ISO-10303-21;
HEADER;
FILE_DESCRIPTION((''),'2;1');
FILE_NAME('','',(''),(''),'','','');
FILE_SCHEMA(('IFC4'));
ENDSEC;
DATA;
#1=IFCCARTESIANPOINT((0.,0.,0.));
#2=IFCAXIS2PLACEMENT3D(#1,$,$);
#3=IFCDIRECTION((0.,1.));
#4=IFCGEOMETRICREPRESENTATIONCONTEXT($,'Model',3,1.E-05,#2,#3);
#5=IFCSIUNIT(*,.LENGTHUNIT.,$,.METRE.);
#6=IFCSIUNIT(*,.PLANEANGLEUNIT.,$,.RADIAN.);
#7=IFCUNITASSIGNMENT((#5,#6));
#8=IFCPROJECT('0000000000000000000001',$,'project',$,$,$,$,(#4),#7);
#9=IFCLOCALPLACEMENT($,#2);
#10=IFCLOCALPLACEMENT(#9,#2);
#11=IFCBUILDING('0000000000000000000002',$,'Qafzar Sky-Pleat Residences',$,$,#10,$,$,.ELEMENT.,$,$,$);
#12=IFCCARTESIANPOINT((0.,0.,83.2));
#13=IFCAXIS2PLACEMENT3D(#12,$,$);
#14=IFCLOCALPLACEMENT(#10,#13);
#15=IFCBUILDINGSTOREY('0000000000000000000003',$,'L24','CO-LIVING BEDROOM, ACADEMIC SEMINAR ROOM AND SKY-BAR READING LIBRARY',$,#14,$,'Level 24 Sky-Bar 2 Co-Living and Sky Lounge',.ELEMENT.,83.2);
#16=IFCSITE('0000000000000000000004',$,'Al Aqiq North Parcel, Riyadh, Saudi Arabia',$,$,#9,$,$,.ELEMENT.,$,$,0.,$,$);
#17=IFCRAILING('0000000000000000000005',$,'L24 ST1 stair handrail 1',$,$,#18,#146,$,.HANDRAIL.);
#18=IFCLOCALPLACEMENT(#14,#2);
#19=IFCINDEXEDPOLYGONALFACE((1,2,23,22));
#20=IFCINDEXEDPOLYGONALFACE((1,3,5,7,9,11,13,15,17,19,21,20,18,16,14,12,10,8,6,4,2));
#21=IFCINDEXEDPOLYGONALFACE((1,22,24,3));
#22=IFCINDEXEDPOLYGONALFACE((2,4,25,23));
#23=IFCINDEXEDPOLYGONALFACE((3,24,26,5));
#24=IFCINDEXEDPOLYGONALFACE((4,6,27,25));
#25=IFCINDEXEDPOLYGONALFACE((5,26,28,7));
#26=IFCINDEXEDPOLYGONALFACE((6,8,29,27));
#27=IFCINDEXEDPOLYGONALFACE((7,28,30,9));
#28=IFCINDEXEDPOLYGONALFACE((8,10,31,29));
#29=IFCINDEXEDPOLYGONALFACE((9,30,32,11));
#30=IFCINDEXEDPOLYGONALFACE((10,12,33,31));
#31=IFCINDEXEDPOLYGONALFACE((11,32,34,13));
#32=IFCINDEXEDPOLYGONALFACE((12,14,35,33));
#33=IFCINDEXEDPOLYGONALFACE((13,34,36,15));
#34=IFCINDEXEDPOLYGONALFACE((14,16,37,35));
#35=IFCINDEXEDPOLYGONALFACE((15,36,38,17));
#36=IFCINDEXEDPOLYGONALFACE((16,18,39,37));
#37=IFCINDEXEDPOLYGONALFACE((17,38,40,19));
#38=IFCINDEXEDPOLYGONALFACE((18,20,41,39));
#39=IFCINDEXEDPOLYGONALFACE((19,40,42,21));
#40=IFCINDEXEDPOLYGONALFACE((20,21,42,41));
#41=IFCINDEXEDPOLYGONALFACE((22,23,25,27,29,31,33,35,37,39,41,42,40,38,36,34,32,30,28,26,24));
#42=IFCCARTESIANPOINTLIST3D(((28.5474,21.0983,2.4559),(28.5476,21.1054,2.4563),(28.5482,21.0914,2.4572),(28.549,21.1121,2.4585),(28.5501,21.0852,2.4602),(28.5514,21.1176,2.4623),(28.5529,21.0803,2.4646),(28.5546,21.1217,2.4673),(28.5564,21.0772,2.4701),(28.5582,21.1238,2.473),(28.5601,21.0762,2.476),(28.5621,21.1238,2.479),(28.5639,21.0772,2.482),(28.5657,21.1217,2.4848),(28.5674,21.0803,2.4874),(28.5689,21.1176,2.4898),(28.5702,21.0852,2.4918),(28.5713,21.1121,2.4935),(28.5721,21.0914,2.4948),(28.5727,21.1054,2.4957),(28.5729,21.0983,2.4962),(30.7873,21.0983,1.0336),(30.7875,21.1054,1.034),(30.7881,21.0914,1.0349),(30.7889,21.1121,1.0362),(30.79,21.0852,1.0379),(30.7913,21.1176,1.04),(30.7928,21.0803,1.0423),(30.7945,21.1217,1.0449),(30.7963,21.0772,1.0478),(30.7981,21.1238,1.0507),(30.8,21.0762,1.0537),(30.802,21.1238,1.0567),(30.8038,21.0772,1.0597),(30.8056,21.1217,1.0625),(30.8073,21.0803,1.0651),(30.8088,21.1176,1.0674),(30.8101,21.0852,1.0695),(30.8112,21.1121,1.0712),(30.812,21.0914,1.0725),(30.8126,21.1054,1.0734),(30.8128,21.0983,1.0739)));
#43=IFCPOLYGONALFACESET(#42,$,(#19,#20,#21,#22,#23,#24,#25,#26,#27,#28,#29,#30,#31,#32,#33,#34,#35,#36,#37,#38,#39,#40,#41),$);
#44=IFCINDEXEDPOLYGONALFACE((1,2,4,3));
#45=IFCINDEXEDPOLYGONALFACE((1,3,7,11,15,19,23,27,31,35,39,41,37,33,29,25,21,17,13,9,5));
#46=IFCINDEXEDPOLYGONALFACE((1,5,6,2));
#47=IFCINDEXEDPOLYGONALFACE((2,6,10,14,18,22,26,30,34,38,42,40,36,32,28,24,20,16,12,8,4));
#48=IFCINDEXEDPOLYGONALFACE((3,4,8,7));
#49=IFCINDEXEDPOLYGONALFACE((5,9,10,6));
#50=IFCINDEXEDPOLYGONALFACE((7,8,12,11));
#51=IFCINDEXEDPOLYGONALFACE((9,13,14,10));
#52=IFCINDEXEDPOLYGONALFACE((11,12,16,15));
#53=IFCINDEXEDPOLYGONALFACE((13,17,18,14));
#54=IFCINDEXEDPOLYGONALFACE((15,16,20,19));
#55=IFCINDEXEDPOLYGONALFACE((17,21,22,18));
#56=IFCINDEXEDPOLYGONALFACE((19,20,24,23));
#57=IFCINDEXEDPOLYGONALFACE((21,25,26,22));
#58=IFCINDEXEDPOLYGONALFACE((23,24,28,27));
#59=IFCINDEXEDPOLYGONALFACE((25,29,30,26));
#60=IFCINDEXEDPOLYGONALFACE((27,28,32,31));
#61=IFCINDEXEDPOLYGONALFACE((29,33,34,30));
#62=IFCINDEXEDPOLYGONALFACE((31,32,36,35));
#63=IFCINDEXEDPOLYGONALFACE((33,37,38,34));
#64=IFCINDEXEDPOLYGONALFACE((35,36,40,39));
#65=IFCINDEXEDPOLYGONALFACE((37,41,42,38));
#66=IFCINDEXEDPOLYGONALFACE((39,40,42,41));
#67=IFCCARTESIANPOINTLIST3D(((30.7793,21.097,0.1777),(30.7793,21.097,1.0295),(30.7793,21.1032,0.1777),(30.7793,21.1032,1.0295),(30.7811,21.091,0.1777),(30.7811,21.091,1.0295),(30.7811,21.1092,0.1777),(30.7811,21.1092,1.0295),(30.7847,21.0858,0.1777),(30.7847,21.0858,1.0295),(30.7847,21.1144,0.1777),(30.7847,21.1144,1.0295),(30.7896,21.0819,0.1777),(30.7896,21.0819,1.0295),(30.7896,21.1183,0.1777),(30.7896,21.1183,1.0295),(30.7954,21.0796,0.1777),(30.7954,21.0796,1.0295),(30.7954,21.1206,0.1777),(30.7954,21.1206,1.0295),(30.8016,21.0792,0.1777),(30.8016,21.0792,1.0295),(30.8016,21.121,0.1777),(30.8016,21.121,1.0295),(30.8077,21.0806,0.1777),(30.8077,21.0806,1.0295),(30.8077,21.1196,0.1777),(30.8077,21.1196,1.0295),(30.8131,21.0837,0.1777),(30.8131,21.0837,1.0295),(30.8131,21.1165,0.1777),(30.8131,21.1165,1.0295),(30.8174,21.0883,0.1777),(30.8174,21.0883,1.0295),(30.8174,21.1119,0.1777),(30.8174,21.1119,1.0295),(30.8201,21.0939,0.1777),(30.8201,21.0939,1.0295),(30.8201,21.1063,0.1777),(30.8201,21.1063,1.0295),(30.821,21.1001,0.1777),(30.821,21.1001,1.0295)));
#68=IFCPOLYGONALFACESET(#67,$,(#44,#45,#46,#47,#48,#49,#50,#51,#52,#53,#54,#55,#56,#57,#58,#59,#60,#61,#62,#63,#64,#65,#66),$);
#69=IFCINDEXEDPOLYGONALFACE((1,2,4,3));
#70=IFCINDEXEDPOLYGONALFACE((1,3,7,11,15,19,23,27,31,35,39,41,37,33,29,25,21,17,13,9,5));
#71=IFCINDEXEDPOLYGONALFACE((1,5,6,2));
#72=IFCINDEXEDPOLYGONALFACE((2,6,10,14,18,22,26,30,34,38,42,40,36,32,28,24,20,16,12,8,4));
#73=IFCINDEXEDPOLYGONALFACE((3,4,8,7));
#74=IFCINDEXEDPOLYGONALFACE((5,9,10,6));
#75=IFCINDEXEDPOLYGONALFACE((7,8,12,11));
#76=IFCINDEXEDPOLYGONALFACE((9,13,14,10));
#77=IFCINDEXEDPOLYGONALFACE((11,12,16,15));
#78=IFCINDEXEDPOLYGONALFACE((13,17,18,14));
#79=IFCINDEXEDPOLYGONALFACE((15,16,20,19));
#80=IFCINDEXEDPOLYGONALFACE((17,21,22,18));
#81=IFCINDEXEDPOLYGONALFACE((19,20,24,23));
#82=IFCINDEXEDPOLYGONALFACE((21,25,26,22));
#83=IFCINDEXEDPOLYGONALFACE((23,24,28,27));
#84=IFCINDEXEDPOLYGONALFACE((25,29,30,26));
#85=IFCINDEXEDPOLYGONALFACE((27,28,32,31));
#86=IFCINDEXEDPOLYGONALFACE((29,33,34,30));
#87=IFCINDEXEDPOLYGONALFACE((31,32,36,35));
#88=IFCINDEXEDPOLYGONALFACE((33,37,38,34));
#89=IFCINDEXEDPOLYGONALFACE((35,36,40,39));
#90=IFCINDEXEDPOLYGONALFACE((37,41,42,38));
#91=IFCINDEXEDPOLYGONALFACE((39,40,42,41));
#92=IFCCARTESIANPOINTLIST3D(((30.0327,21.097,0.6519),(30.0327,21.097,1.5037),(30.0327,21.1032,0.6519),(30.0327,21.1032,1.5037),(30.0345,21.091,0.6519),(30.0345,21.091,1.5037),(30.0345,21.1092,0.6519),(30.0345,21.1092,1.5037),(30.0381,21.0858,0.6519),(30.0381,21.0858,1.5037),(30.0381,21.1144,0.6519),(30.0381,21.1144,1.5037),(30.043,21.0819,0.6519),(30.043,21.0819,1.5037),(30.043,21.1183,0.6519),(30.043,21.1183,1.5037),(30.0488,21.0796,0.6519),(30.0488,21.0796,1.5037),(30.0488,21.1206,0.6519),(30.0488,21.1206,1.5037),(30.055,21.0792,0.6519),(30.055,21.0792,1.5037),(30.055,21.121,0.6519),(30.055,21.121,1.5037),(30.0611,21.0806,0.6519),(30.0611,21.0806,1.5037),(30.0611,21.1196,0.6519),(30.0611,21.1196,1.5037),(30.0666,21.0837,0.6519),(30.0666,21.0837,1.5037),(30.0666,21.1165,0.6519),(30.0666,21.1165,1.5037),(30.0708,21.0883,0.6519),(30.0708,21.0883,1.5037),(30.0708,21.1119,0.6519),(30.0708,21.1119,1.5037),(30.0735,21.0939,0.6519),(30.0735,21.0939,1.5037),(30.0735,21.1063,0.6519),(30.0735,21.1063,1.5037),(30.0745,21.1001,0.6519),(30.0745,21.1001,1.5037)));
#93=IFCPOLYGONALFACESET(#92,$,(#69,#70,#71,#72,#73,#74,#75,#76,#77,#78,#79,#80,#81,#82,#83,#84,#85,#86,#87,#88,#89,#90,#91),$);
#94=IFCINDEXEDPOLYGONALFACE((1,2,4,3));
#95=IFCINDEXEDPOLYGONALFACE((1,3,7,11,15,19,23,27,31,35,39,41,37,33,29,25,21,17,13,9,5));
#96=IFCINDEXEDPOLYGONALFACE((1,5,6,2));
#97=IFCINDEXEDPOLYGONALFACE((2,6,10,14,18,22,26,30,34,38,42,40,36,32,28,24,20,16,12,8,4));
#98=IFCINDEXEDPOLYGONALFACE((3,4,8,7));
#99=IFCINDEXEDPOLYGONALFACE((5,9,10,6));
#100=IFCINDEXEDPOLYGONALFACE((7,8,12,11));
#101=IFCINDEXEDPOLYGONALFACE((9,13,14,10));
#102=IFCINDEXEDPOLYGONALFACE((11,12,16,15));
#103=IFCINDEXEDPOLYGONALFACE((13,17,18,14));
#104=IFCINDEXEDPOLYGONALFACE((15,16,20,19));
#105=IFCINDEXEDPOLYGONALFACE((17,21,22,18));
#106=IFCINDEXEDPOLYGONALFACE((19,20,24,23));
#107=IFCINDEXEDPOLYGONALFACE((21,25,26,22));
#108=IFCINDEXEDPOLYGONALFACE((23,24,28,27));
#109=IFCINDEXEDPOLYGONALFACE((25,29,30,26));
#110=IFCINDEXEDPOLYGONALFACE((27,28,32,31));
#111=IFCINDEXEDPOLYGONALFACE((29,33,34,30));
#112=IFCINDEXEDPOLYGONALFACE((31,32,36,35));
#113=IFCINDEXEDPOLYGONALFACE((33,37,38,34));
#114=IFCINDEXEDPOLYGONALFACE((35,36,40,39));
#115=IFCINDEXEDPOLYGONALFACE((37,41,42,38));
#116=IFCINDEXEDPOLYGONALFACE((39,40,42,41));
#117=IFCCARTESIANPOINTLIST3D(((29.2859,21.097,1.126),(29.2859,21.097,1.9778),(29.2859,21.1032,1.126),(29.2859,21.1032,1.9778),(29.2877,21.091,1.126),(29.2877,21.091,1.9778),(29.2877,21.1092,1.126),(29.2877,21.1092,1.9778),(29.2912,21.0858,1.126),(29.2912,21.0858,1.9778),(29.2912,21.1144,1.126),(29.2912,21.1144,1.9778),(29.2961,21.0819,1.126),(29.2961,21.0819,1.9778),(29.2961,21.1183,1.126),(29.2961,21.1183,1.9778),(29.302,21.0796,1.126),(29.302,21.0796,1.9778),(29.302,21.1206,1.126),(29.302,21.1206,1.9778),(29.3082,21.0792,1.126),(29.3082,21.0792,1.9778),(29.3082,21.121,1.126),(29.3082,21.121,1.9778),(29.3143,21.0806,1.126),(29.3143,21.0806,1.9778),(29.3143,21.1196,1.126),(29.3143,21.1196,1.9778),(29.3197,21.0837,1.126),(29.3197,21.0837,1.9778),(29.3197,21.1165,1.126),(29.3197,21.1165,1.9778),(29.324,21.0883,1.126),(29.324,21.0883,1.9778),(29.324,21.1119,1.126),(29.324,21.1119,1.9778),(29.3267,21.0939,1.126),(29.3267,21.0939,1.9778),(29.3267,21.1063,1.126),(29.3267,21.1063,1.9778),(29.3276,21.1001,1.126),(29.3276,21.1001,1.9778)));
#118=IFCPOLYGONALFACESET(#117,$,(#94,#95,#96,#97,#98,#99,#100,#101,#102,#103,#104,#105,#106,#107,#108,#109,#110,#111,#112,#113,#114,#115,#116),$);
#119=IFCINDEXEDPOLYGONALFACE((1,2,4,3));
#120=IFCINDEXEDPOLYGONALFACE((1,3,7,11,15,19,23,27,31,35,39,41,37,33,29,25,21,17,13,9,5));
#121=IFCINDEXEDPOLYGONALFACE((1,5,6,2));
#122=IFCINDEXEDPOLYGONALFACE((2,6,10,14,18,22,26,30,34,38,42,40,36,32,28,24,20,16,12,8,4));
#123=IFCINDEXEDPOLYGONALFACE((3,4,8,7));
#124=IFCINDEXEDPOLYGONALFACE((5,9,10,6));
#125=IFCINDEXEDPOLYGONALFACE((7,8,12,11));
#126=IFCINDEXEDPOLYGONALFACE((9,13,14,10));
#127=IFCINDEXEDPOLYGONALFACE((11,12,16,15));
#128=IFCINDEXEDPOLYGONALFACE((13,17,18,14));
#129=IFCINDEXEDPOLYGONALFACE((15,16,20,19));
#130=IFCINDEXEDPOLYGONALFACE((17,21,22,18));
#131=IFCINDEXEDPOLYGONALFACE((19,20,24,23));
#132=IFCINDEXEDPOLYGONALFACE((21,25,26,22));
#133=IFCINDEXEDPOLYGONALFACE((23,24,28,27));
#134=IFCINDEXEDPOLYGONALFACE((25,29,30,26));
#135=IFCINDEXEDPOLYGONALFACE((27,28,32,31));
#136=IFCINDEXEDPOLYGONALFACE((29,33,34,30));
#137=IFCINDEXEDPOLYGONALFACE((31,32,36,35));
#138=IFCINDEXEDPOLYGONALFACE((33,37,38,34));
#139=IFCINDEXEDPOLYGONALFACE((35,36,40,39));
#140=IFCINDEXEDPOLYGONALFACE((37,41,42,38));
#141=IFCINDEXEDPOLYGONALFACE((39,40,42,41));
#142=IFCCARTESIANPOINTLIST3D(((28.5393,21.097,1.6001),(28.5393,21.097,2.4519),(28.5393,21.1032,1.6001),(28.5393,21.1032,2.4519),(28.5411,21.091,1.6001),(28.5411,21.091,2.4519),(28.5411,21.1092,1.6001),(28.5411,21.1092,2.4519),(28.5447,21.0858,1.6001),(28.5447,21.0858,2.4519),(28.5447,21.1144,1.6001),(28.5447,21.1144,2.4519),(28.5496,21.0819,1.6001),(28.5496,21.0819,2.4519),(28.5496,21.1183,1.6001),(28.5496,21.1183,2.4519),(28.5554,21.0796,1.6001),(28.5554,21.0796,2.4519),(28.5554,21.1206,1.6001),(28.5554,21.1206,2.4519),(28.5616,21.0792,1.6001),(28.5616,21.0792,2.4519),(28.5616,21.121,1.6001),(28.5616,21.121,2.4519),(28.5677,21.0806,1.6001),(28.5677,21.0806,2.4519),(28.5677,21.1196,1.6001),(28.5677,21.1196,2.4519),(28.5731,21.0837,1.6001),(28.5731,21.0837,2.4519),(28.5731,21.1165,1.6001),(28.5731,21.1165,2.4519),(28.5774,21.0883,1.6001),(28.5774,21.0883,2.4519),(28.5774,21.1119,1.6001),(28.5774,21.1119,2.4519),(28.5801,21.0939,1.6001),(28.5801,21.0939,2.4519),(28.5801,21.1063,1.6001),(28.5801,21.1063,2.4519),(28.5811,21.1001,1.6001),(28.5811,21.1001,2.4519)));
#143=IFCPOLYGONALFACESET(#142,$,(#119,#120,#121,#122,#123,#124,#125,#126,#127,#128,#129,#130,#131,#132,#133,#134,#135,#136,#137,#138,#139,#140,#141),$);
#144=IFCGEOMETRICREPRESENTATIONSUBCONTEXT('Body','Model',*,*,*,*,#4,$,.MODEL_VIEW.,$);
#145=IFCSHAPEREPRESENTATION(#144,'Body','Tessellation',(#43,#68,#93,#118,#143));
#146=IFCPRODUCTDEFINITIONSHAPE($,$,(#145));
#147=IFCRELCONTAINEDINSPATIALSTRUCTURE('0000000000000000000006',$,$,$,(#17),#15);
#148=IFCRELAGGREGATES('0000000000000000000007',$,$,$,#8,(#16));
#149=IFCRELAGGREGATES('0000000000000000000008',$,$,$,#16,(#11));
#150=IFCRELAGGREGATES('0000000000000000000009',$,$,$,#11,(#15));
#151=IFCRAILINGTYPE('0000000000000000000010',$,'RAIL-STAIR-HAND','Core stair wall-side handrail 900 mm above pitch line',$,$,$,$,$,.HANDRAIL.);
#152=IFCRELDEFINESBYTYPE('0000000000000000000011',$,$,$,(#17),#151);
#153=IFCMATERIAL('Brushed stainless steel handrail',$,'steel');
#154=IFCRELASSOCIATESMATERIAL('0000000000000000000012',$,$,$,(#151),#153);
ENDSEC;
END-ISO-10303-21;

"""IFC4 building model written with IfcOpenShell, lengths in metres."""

from ifc_helpers import new_model, si_unit, direction, frame, origin, origin_2d, place, context, subcontext, project, spatial, circle, extrude, source, transform, mapped, material, type_object, element, save


model = new_model("IFC4")

# Units and contexts
model_context = context("Model", 3, precision=1e-05, world=origin(), true_north=direction((0.0, 1.0)))
body_context = subcontext(model_context, "Body", "Model", "MODEL_VIEW")
ifc_project = project(units=[si_unit("LENGTHUNIT", "METRE"), si_unit("PLANEANGLEUNIT", "RADIAN")], contexts=[model_context])

# Site, building, storey
site_placement = place(None, origin())
site = spatial("IfcSite", under=ifc_project, at=site_placement, Name="Al Aqiq North Parcel, Riyadh, Saudi Arabia", CompositionType="ELEMENT", RefElevation=0.0)
building_placement = place(site_placement, origin())
building = spatial("IfcBuilding", under=site, at=building_placement, Name="Qafzar Sky-Pleat Residences", CompositionType="ELEMENT")
storey_placement = place(building_placement, frame((0.0, 0.0, 83.2)))
storey = spatial("IfcBuildingStorey", under=building, at=storey_placement, Name="L24", Description="CO-LIVING BEDROOM, ACADEMIC SEMINAR ROOM AND SKY-BAR READING LIBRARY", LongName="Level 24 Sky-Bar 2 Co-Living and Sky Lounge", CompositionType="ELEMENT", Elevation=83.2)

# Railing
ifc_material_1 = material(Name="Brushed stainless steel handrail", Category="steel")
railing_type_1 = type_object("IfcRailingType", Name="RAIL-STAIR-HAND", Description="Core stair wall-side handrail 900 mm above pitch line", PredefinedType="HANDRAIL", material=ifc_material_1)
shared_shape_1 = source(origin(), body_context, "Body", "SweptSolid", [
    extrude(circle(Radius=0.0239, at=origin_2d()), frame((0.0, 0.0, 0.876), z_axis=(-0.844188, 0.0, 0.536048), x_axis=(0.0, -1.0, 0.0)), (0.0, 0.0, 1.0), 2.6533),
    extrude(circle(Radius=0.021, at=origin_2d()), origin(), (0.0, 0.0, 1.0), 0.8518),
    extrude(circle(Radius=0.021, at=origin_2d()), frame((-0.7466, 0.0, 0.4741)), (0.0, 0.0, 1.0), 0.8518),
    extrude(circle(Radius=0.021, at=origin_2d()), frame((-1.4934, 0.0, 0.9482)), (0.0, 0.0, 1.0), 0.8518),
    extrude(circle(Radius=0.021, at=origin_2d()), frame((-2.24, 0.0, 1.4224)), (0.0, 0.0, 1.0), 0.8518),
])
railing_1_placement = place(storey_placement, frame((30.8, 21.1001, 0.1777)))
element("IfcRailing", 1, at=railing_1_placement, inside=storey, type_object=railing_type_1, Name="L24 ST1 stair handrail 1", PredefinedType="HANDRAIL", context=body_context, shape_type="MappedRepresentation", body=[
    mapped(shared_shape_1, transform((0.0, 0.0, 0.0), x_axis=(1.0, 0.0, 0.0), y_axis=(0.0, 1.0, 0.0), z_axis=(0.0, 0.0, 1.0), scale=1.0)),
])

save(model, "model.ifc")
